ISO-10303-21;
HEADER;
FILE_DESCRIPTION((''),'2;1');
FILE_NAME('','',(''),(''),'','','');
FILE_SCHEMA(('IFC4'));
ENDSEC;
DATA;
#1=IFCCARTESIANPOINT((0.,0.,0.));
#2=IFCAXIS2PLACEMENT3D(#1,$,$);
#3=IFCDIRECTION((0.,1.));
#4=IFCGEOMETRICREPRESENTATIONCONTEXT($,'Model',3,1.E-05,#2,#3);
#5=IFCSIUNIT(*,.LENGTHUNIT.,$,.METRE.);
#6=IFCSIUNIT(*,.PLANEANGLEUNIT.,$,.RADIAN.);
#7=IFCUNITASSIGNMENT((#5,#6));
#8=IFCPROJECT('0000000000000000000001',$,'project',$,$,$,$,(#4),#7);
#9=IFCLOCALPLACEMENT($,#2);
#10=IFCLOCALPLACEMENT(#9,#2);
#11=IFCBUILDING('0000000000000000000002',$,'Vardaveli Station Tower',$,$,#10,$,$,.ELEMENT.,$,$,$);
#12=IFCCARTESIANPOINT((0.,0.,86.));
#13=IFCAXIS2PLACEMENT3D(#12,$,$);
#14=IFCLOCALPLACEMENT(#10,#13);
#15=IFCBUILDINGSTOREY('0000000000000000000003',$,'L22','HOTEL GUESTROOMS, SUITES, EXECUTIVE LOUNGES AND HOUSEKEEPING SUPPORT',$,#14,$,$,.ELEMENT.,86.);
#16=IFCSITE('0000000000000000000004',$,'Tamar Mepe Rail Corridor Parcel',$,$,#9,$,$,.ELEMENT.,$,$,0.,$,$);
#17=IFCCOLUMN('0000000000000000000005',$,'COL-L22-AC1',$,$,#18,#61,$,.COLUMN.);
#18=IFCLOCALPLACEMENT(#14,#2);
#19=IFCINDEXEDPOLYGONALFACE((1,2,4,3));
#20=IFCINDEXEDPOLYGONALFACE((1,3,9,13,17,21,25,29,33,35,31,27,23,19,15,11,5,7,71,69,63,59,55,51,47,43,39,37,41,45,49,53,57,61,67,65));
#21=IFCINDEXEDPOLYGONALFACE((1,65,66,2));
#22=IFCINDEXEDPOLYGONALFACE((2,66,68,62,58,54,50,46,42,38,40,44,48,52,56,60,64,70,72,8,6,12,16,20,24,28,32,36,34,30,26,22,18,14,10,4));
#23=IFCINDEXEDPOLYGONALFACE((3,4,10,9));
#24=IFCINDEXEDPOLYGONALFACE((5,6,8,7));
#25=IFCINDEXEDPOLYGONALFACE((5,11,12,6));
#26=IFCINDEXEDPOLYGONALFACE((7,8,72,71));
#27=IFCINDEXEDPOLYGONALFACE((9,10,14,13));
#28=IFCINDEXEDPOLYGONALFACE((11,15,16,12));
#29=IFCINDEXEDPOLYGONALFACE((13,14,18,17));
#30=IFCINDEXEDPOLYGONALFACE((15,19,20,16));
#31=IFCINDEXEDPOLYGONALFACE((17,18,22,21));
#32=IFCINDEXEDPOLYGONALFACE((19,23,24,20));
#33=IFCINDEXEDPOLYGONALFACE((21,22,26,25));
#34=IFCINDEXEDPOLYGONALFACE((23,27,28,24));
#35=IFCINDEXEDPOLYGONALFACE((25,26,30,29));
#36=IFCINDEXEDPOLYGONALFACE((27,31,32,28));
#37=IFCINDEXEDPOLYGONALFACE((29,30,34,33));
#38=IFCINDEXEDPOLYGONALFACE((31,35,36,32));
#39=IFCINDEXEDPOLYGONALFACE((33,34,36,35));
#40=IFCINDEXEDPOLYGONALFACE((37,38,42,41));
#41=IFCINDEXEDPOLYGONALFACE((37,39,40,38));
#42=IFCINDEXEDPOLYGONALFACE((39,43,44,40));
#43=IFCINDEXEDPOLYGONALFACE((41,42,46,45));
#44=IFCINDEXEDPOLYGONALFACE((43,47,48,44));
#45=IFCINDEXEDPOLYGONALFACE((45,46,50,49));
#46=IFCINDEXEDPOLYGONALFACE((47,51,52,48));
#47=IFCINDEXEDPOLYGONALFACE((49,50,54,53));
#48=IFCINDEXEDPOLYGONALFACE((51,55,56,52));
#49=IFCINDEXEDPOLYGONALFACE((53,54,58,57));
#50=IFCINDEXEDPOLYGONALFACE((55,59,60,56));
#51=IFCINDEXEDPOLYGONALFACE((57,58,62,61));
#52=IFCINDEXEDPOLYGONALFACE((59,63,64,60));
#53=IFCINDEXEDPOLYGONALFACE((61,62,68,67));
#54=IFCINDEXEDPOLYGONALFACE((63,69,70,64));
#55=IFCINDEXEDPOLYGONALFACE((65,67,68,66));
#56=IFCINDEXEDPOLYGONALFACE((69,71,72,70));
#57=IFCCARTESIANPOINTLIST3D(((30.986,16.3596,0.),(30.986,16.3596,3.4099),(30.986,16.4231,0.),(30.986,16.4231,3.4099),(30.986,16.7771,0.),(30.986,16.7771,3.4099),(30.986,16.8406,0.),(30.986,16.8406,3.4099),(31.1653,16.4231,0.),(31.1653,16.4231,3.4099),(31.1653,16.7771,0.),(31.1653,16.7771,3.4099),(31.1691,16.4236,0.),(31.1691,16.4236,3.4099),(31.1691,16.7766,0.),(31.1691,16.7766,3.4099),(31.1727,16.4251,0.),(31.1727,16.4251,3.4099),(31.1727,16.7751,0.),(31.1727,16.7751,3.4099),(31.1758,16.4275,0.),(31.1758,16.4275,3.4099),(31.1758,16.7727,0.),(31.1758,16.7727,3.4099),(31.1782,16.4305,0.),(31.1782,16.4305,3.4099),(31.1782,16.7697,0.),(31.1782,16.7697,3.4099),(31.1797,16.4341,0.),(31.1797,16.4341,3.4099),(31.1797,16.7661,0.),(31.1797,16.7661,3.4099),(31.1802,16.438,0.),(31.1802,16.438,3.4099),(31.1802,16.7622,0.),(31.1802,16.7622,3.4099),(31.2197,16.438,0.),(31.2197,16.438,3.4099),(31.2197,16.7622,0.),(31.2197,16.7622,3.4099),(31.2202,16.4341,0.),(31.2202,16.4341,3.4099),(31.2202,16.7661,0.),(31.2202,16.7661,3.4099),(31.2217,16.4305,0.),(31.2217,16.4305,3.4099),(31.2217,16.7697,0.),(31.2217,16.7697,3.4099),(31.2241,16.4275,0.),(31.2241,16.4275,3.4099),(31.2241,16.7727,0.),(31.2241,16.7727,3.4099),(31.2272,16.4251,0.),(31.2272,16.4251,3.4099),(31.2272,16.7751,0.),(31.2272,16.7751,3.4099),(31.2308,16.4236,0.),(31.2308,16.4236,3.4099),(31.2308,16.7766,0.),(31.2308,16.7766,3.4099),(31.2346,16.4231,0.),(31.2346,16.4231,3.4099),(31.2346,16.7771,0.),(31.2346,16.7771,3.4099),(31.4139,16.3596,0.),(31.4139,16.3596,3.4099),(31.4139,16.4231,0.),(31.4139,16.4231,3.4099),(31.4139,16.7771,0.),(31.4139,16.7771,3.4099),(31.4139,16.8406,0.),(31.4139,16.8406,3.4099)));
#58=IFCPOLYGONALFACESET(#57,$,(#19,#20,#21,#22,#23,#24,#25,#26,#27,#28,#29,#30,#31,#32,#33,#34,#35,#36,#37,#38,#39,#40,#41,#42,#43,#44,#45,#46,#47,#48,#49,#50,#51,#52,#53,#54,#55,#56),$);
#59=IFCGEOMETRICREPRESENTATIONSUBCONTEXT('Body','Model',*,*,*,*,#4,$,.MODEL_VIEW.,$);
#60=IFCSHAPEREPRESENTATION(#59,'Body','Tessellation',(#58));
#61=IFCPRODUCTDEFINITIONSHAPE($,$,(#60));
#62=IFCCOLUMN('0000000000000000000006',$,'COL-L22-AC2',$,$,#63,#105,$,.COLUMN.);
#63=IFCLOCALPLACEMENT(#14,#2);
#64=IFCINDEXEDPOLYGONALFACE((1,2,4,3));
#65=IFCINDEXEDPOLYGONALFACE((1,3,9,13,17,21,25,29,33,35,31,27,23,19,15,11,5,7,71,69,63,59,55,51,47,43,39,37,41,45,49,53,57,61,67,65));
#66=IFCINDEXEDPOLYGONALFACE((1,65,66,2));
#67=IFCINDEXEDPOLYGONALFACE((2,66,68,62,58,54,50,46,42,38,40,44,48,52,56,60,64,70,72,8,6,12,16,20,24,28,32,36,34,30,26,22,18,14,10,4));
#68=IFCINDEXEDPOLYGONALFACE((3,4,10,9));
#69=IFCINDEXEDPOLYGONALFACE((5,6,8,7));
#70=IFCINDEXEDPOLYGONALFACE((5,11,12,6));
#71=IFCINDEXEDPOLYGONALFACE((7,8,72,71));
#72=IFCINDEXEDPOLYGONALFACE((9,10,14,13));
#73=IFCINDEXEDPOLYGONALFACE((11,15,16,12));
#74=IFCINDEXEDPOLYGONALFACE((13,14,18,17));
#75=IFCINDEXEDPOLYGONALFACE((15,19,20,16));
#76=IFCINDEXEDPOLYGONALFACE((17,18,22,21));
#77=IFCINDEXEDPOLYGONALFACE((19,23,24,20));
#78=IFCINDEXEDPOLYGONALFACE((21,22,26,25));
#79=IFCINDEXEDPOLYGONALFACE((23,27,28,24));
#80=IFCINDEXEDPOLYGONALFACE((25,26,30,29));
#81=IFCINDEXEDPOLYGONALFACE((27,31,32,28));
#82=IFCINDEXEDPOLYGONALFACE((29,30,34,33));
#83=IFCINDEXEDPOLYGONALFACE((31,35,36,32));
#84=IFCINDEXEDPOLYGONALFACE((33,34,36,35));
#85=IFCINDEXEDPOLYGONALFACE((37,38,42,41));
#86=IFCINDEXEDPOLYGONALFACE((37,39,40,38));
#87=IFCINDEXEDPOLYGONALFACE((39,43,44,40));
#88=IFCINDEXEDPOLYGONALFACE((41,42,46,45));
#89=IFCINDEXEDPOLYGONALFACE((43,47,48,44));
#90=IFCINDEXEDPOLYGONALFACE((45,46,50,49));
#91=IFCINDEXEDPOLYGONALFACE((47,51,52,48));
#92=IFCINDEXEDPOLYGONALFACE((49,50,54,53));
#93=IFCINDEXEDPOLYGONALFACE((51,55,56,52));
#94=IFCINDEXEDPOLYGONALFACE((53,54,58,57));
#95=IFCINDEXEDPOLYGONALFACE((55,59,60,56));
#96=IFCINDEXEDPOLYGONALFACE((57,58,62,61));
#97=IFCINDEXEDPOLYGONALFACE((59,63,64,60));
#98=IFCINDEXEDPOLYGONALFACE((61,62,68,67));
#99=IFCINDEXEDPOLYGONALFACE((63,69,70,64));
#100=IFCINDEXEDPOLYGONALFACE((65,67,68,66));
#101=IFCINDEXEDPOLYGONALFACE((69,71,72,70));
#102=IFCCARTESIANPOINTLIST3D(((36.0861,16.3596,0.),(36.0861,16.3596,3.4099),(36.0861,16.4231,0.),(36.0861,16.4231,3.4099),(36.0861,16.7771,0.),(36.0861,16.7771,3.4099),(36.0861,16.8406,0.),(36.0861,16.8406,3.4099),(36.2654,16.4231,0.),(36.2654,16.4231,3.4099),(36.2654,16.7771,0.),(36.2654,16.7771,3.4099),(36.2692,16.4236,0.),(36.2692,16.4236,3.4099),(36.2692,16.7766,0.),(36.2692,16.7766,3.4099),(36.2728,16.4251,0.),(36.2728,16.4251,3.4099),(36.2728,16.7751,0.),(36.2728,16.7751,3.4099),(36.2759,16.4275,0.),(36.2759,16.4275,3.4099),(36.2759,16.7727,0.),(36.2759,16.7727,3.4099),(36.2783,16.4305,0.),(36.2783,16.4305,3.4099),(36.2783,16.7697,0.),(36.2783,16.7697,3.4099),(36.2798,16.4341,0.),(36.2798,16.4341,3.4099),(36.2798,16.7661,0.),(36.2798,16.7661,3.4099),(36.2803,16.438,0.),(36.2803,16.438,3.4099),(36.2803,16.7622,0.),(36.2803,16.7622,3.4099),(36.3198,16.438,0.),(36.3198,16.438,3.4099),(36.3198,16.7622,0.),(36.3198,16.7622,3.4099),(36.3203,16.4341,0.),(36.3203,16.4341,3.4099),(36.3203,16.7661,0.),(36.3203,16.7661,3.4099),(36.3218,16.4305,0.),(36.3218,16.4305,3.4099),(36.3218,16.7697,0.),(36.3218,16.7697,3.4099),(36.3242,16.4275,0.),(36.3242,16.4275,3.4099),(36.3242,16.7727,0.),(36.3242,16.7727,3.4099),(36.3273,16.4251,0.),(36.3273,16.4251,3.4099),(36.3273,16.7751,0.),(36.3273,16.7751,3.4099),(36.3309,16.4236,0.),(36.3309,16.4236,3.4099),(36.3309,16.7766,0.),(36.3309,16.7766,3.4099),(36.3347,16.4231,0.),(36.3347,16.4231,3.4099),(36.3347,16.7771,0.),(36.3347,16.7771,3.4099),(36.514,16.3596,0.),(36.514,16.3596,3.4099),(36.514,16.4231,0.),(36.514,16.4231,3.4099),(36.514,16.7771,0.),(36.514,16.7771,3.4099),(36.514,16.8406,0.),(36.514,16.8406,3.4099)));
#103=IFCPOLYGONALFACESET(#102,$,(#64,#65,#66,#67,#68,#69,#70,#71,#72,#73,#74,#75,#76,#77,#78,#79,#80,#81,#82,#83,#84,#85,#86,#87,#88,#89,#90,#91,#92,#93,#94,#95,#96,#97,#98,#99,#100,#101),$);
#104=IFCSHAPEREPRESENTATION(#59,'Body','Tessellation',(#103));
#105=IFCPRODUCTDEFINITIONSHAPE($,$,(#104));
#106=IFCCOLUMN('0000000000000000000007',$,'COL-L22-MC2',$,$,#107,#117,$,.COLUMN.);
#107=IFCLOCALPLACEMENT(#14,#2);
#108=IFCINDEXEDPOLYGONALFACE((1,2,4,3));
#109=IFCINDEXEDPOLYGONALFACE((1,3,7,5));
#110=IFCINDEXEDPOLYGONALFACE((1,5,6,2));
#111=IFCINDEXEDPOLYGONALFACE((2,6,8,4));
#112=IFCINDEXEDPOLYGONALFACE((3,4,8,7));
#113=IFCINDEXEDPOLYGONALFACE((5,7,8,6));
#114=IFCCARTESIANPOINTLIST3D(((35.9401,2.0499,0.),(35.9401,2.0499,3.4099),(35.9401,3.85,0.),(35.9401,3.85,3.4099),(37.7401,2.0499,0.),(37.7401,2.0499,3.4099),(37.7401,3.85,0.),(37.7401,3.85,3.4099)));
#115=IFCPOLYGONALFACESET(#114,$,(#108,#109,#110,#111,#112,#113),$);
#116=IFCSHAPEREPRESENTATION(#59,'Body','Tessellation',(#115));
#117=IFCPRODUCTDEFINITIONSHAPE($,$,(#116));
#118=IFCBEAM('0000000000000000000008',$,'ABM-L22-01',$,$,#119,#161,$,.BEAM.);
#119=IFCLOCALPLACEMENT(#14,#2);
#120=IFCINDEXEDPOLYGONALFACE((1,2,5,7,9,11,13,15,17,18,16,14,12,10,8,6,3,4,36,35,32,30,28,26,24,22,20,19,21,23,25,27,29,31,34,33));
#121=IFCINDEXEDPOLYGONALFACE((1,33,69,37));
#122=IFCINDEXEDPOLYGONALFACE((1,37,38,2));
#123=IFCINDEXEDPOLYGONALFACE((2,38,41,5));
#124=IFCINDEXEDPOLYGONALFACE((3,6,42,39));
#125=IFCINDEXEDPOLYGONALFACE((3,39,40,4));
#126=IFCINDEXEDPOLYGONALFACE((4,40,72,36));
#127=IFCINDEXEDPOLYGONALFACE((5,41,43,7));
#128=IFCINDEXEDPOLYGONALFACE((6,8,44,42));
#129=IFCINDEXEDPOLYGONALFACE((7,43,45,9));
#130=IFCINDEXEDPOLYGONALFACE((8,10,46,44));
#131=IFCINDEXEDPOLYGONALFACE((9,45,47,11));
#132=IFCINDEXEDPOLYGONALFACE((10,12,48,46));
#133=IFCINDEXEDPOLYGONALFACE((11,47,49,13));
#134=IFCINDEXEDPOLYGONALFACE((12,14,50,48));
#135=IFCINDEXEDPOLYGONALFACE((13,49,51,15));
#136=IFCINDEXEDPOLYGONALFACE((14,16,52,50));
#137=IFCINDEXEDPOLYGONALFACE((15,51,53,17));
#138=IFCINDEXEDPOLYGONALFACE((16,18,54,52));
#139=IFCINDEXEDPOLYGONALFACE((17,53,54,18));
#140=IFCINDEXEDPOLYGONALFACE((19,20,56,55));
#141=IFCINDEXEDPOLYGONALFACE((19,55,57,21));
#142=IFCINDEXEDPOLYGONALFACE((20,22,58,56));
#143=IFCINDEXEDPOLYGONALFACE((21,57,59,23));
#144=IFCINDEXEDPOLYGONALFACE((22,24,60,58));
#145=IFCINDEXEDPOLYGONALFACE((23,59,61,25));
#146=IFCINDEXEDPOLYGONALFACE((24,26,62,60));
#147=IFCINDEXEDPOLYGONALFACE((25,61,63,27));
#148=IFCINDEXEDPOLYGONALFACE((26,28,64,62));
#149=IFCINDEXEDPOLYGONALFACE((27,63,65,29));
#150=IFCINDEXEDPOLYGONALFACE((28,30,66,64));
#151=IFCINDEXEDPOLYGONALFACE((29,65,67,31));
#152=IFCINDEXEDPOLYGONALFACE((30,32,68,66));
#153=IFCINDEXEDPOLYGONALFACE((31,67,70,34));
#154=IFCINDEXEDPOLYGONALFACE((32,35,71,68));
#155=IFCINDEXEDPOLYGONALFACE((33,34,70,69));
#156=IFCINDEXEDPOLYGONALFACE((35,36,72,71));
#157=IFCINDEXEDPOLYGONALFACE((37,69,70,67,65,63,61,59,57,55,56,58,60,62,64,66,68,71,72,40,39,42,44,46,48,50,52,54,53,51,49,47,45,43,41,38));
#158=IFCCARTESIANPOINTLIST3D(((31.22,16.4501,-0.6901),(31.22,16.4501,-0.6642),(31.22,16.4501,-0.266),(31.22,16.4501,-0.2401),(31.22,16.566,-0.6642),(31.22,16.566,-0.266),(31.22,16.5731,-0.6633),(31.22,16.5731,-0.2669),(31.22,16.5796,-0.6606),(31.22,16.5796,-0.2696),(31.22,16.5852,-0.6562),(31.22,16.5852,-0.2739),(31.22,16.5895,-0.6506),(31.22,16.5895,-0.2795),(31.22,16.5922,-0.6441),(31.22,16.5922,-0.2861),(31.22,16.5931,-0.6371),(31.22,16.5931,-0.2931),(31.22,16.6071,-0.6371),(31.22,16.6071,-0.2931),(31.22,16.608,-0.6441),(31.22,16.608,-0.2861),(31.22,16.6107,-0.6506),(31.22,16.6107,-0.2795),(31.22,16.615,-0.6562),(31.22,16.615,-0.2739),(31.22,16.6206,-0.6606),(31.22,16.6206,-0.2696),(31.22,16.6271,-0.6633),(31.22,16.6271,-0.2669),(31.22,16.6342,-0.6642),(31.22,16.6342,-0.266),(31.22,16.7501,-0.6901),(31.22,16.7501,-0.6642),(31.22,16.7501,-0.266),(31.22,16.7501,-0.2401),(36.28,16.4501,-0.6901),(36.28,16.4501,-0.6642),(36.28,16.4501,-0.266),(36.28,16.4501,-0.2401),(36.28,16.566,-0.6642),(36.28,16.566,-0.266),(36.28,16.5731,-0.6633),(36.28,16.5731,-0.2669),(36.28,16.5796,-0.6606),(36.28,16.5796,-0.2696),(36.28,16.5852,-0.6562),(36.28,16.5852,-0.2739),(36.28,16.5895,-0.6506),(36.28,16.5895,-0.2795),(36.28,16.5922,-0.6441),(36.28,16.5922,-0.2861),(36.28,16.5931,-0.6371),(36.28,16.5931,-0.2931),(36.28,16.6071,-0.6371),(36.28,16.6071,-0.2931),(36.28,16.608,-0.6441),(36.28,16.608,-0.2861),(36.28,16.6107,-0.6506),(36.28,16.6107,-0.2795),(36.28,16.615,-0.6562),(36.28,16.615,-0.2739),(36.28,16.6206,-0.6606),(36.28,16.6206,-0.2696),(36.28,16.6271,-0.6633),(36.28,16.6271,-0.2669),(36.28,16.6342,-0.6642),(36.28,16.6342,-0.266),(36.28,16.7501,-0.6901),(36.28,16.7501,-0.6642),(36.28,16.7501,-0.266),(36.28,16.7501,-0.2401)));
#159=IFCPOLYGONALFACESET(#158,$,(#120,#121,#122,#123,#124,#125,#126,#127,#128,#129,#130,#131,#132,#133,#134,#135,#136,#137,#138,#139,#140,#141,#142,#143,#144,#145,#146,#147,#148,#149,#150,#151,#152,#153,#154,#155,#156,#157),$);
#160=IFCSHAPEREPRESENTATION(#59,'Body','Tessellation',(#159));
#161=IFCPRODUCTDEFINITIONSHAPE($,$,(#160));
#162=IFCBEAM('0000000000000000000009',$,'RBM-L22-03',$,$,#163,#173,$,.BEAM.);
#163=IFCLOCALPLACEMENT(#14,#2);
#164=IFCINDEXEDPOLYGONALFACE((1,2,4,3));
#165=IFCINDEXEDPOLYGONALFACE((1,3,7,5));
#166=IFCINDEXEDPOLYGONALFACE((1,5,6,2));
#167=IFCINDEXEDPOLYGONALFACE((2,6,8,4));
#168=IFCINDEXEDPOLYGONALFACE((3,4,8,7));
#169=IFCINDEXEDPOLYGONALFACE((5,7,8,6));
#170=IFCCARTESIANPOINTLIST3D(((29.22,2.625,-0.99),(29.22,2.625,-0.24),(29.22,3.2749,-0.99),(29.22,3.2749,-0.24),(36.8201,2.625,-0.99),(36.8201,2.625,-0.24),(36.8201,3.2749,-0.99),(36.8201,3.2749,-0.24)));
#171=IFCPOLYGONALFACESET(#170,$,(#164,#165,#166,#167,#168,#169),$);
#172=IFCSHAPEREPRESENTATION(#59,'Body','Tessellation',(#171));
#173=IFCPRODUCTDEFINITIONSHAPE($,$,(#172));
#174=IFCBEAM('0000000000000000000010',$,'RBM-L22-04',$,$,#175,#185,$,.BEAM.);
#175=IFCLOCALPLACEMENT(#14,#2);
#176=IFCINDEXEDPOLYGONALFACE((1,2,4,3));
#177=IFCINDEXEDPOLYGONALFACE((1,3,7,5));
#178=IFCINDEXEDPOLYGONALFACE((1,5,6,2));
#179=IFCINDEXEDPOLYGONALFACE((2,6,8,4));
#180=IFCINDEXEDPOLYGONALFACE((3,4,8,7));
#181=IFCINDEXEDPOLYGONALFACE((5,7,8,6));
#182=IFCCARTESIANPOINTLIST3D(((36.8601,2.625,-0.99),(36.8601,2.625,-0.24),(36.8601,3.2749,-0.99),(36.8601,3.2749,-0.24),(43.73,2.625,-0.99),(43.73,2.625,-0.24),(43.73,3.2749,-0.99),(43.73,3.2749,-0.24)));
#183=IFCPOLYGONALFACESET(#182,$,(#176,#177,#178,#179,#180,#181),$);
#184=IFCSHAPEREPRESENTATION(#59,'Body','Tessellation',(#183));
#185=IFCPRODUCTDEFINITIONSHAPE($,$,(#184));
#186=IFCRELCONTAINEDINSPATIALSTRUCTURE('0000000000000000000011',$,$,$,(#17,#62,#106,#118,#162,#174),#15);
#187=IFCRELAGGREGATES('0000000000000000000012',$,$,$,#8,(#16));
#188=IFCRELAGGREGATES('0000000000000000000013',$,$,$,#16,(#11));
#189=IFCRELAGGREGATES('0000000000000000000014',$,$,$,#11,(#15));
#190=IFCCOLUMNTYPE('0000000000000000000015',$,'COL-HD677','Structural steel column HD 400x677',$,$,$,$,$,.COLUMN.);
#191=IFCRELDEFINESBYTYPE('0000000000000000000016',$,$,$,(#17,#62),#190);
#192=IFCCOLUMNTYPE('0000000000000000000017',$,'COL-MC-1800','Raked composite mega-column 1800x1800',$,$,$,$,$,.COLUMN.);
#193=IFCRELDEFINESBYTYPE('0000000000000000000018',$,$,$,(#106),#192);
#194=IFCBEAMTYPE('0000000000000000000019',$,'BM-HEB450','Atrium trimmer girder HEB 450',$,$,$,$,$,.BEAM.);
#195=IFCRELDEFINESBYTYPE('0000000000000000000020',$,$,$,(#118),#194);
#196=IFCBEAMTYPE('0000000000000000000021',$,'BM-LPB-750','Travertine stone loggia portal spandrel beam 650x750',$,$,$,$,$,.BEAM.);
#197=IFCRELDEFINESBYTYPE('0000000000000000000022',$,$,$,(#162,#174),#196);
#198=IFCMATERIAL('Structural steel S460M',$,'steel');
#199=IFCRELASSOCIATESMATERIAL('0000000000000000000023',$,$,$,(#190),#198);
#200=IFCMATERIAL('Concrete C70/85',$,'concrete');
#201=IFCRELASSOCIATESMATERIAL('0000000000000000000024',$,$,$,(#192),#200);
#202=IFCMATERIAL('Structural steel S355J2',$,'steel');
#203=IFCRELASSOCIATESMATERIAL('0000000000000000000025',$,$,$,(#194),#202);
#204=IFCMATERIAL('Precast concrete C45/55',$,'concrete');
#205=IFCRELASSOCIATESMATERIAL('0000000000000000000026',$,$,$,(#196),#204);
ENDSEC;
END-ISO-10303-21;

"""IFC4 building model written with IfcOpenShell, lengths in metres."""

from ifc_helpers import new_model, si_unit, direction, frame, origin, origin_2d, place, context, subcontext, project, spatial, rectangle, i_section, extrude, source, transform, mapped, material, material_profile, profile_set, type_object, element, save


model = new_model("IFC4")

# Units and contexts
model_context = context("Model", 3, precision=1e-05, world=origin(), true_north=direction((0.0, 1.0)))
body_context = subcontext(model_context, "Body", "Model", "MODEL_VIEW")
ifc_project = project(units=[si_unit("LENGTHUNIT", "METRE"), si_unit("PLANEANGLEUNIT", "RADIAN")], contexts=[model_context])

# Site, building, storey
site_placement = place(None, origin())
site = spatial("IfcSite", under=ifc_project, at=site_placement, Name="Tamar Mepe Rail Corridor Parcel", CompositionType="ELEMENT", RefElevation=0.0)
building_placement = place(site_placement, origin())
building = spatial("IfcBuilding", under=site, at=building_placement, Name="Vardaveli Station Tower", CompositionType="ELEMENT")
storey_placement = place(building_placement, frame((0.0, 0.0, 86.0)))
storey = spatial("IfcBuildingStorey", under=building, at=storey_placement, Name="L22", Description="HOTEL GUESTROOMS, SUITES, EXECUTIVE LOUNGES AND HOUSEKEEPING SUPPORT", CompositionType="ELEMENT", Elevation=86.0)

# Columns
ifc_material_1 = material(Name="Structural steel S460M", Category="steel")
ifc_material_profile_1 = material_profile(ifc_material_1, i_section(OverallWidth=0.428, OverallDepth=0.481, WebThickness=0.0396, FlangeThickness=0.0635, FilletRadius=0.0149, at=origin_2d()), Name="HD 400x677")
ifc_profile_set_1 = profile_set([ifc_material_profile_1], Name="Structural steel S460M")
column_type_1 = type_object("IfcColumnType", Name="COL-HD677", Description="Structural steel column HD 400x677", PredefinedType="COLUMN", material=ifc_profile_set_1)
shared_shape_1 = source(origin(), body_context, "Body", "SweptSolid", [
    extrude(i_section(OverallWidth=0.428, OverallDepth=0.481, WebThickness=0.0396, FlangeThickness=0.0635, FilletRadius=0.0149, at=origin_2d()), origin(), (0.0, 0.0, 1.0), 3.4099),
])
for number, where, z_axis, x_axis, name in (
    (1, (31.2, 16.6001, 0.0), (0.0, 0.0, 1.0), (1.0, 0.0, 0.0), "COL-L22-AC1"),
    (2, (36.3, 16.6001, 0.0), (0.0, 0.0, 1.0), (1.0, 0.0, 0.0), "COL-L22-AC2"),
):
    element("IfcColumn", number, at=place(storey_placement, frame(where, z_axis=z_axis, x_axis=x_axis)), inside=storey, type_object=column_type_1, Name=name, PredefinedType="COLUMN", context=body_context, shape_type="MappedRepresentation", body=[
        mapped(shared_shape_1, transform((0.0, 0.0, 0.0), scale=1.0)),
    ])
ifc_material_2 = material(Name="Concrete C70/85", Category="concrete")
ifc_material_profile_2 = material_profile(ifc_material_2, rectangle(XDim=1.8, YDim=1.8, at=origin_2d()), Name="MC 1800x1800")
ifc_profile_set_2 = profile_set([ifc_material_profile_2], Name="Concrete C70/85")
column_type_2 = type_object("IfcColumnType", Name="COL-MC-1800", Description="Raked composite mega-column 1800x1800", PredefinedType="COLUMN", material=ifc_profile_set_2)
shared_shape_2 = source(origin(), body_context, "Body", "SweptSolid", [
    extrude(rectangle(XDim=1.8, YDim=1.8, at=origin_2d()), origin(), (0.0, 0.0, 1.0), 3.4099),
])
column_placement = place(storey_placement, frame((36.8401, 2.95, 0.0), z_axis=(0.0, 0.0, 1.0), x_axis=(1.0, 0.0, 0.0)))
element("IfcColumn", 3, at=column_placement, inside=storey, type_object=column_type_2, Name="COL-L22-MC2", PredefinedType="COLUMN", context=body_context, shape_type="MappedRepresentation", body=[
    mapped(shared_shape_2, transform((0.0, 0.0, 0.0), scale=1.0)),
])

# Beams
ifc_material_3 = material(Name="Structural steel S355J2", Category="steel")
ifc_material_profile_3 = material_profile(ifc_material_3, i_section(OverallWidth=0.3, OverallDepth=0.45, WebThickness=0.0139, FlangeThickness=0.0259, FilletRadius=0.0271, at=origin_2d()), Name="HEB 450")
ifc_profile_set_3 = profile_set([ifc_material_profile_3], Name="Structural steel S355J2")
beam_type_1 = type_object("IfcBeamType", Name="BM-HEB450", Description="Atrium trimmer girder HEB 450", PredefinedType="BEAM", material=ifc_profile_set_3)
shared_shape_3 = source(origin(), body_context, "Body", "SweptSolid", [
    extrude(i_section(OverallWidth=0.3, OverallDepth=0.45, WebThickness=0.0139, FlangeThickness=0.0259, FilletRadius=0.0271, at=origin_2d()), origin(), (0.0, 0.0, 1.0), 5.0601),
])
beam_1_placement = place(storey_placement, frame((31.22, 16.6001, -0.4651), z_axis=(1.0, 0.0, 0.0), x_axis=(0.0, 1.0, 0.0)))
element("IfcBeam", 4, at=beam_1_placement, inside=storey, type_object=beam_type_1, Name="ABM-L22-01", PredefinedType="BEAM", context=body_context, shape_type="MappedRepresentation", body=[
    mapped(shared_shape_3, transform((0.0, 0.0, 0.0), scale=1.0)),
])
ifc_material_4 = material(Name="Precast concrete C45/55", Category="concrete")
ifc_material_profile_4 = material_profile(ifc_material_4, rectangle(XDim=0.6499, YDim=0.75, at=origin_2d()), Name="LPB 650x750")
ifc_profile_set_4 = profile_set([ifc_material_profile_4], Name="Precast concrete C45/55")
beam_type_2 = type_object("IfcBeamType", Name="BM-LPB-750", Description="Travertine stone loggia portal spandrel beam 650x750", PredefinedType="BEAM", material=ifc_profile_set_4)
shared_shape_4 = source(origin(), body_context, "Body", "SweptSolid", [
    extrude(rectangle(XDim=0.6499, YDim=0.75, at=origin_2d()), origin(), (0.0, 0.0, 1.0), 7.6001),
])
beam_2_placement = place(storey_placement, frame((29.22, 2.95, -0.615), z_axis=(1.0, 0.0, 0.0), x_axis=(0.0, 1.0, 0.0)))
element("IfcBeam", 5, at=beam_2_placement, inside=storey, type_object=beam_type_2, Name="RBM-L22-03", PredefinedType="BEAM", context=body_context, shape_type="MappedRepresentation", body=[
    mapped(shared_shape_4, transform((0.0, 0.0, 0.0), scale=1.0)),
])
shared_shape_5 = source(origin(), body_context, "Body", "SweptSolid", [
    extrude(rectangle(XDim=0.6499, YDim=0.75, at=origin_2d()), origin(), (0.0, 0.0, 1.0), 6.8699),
])
beam_3_placement = place(storey_placement, frame((36.8601, 2.95, -0.615), z_axis=(1.0, 0.0, 0.0), x_axis=(0.0, 1.0, 0.0)))
element("IfcBeam", 6, at=beam_3_placement, inside=storey, type_object=beam_type_2, Name="RBM-L22-04", PredefinedType="BEAM", context=body_context, shape_type="MappedRepresentation", body=[
    mapped(shared_shape_5, transform((0.0, 0.0, 0.0), scale=1.0)),
])

save(model, "model.ifc")
